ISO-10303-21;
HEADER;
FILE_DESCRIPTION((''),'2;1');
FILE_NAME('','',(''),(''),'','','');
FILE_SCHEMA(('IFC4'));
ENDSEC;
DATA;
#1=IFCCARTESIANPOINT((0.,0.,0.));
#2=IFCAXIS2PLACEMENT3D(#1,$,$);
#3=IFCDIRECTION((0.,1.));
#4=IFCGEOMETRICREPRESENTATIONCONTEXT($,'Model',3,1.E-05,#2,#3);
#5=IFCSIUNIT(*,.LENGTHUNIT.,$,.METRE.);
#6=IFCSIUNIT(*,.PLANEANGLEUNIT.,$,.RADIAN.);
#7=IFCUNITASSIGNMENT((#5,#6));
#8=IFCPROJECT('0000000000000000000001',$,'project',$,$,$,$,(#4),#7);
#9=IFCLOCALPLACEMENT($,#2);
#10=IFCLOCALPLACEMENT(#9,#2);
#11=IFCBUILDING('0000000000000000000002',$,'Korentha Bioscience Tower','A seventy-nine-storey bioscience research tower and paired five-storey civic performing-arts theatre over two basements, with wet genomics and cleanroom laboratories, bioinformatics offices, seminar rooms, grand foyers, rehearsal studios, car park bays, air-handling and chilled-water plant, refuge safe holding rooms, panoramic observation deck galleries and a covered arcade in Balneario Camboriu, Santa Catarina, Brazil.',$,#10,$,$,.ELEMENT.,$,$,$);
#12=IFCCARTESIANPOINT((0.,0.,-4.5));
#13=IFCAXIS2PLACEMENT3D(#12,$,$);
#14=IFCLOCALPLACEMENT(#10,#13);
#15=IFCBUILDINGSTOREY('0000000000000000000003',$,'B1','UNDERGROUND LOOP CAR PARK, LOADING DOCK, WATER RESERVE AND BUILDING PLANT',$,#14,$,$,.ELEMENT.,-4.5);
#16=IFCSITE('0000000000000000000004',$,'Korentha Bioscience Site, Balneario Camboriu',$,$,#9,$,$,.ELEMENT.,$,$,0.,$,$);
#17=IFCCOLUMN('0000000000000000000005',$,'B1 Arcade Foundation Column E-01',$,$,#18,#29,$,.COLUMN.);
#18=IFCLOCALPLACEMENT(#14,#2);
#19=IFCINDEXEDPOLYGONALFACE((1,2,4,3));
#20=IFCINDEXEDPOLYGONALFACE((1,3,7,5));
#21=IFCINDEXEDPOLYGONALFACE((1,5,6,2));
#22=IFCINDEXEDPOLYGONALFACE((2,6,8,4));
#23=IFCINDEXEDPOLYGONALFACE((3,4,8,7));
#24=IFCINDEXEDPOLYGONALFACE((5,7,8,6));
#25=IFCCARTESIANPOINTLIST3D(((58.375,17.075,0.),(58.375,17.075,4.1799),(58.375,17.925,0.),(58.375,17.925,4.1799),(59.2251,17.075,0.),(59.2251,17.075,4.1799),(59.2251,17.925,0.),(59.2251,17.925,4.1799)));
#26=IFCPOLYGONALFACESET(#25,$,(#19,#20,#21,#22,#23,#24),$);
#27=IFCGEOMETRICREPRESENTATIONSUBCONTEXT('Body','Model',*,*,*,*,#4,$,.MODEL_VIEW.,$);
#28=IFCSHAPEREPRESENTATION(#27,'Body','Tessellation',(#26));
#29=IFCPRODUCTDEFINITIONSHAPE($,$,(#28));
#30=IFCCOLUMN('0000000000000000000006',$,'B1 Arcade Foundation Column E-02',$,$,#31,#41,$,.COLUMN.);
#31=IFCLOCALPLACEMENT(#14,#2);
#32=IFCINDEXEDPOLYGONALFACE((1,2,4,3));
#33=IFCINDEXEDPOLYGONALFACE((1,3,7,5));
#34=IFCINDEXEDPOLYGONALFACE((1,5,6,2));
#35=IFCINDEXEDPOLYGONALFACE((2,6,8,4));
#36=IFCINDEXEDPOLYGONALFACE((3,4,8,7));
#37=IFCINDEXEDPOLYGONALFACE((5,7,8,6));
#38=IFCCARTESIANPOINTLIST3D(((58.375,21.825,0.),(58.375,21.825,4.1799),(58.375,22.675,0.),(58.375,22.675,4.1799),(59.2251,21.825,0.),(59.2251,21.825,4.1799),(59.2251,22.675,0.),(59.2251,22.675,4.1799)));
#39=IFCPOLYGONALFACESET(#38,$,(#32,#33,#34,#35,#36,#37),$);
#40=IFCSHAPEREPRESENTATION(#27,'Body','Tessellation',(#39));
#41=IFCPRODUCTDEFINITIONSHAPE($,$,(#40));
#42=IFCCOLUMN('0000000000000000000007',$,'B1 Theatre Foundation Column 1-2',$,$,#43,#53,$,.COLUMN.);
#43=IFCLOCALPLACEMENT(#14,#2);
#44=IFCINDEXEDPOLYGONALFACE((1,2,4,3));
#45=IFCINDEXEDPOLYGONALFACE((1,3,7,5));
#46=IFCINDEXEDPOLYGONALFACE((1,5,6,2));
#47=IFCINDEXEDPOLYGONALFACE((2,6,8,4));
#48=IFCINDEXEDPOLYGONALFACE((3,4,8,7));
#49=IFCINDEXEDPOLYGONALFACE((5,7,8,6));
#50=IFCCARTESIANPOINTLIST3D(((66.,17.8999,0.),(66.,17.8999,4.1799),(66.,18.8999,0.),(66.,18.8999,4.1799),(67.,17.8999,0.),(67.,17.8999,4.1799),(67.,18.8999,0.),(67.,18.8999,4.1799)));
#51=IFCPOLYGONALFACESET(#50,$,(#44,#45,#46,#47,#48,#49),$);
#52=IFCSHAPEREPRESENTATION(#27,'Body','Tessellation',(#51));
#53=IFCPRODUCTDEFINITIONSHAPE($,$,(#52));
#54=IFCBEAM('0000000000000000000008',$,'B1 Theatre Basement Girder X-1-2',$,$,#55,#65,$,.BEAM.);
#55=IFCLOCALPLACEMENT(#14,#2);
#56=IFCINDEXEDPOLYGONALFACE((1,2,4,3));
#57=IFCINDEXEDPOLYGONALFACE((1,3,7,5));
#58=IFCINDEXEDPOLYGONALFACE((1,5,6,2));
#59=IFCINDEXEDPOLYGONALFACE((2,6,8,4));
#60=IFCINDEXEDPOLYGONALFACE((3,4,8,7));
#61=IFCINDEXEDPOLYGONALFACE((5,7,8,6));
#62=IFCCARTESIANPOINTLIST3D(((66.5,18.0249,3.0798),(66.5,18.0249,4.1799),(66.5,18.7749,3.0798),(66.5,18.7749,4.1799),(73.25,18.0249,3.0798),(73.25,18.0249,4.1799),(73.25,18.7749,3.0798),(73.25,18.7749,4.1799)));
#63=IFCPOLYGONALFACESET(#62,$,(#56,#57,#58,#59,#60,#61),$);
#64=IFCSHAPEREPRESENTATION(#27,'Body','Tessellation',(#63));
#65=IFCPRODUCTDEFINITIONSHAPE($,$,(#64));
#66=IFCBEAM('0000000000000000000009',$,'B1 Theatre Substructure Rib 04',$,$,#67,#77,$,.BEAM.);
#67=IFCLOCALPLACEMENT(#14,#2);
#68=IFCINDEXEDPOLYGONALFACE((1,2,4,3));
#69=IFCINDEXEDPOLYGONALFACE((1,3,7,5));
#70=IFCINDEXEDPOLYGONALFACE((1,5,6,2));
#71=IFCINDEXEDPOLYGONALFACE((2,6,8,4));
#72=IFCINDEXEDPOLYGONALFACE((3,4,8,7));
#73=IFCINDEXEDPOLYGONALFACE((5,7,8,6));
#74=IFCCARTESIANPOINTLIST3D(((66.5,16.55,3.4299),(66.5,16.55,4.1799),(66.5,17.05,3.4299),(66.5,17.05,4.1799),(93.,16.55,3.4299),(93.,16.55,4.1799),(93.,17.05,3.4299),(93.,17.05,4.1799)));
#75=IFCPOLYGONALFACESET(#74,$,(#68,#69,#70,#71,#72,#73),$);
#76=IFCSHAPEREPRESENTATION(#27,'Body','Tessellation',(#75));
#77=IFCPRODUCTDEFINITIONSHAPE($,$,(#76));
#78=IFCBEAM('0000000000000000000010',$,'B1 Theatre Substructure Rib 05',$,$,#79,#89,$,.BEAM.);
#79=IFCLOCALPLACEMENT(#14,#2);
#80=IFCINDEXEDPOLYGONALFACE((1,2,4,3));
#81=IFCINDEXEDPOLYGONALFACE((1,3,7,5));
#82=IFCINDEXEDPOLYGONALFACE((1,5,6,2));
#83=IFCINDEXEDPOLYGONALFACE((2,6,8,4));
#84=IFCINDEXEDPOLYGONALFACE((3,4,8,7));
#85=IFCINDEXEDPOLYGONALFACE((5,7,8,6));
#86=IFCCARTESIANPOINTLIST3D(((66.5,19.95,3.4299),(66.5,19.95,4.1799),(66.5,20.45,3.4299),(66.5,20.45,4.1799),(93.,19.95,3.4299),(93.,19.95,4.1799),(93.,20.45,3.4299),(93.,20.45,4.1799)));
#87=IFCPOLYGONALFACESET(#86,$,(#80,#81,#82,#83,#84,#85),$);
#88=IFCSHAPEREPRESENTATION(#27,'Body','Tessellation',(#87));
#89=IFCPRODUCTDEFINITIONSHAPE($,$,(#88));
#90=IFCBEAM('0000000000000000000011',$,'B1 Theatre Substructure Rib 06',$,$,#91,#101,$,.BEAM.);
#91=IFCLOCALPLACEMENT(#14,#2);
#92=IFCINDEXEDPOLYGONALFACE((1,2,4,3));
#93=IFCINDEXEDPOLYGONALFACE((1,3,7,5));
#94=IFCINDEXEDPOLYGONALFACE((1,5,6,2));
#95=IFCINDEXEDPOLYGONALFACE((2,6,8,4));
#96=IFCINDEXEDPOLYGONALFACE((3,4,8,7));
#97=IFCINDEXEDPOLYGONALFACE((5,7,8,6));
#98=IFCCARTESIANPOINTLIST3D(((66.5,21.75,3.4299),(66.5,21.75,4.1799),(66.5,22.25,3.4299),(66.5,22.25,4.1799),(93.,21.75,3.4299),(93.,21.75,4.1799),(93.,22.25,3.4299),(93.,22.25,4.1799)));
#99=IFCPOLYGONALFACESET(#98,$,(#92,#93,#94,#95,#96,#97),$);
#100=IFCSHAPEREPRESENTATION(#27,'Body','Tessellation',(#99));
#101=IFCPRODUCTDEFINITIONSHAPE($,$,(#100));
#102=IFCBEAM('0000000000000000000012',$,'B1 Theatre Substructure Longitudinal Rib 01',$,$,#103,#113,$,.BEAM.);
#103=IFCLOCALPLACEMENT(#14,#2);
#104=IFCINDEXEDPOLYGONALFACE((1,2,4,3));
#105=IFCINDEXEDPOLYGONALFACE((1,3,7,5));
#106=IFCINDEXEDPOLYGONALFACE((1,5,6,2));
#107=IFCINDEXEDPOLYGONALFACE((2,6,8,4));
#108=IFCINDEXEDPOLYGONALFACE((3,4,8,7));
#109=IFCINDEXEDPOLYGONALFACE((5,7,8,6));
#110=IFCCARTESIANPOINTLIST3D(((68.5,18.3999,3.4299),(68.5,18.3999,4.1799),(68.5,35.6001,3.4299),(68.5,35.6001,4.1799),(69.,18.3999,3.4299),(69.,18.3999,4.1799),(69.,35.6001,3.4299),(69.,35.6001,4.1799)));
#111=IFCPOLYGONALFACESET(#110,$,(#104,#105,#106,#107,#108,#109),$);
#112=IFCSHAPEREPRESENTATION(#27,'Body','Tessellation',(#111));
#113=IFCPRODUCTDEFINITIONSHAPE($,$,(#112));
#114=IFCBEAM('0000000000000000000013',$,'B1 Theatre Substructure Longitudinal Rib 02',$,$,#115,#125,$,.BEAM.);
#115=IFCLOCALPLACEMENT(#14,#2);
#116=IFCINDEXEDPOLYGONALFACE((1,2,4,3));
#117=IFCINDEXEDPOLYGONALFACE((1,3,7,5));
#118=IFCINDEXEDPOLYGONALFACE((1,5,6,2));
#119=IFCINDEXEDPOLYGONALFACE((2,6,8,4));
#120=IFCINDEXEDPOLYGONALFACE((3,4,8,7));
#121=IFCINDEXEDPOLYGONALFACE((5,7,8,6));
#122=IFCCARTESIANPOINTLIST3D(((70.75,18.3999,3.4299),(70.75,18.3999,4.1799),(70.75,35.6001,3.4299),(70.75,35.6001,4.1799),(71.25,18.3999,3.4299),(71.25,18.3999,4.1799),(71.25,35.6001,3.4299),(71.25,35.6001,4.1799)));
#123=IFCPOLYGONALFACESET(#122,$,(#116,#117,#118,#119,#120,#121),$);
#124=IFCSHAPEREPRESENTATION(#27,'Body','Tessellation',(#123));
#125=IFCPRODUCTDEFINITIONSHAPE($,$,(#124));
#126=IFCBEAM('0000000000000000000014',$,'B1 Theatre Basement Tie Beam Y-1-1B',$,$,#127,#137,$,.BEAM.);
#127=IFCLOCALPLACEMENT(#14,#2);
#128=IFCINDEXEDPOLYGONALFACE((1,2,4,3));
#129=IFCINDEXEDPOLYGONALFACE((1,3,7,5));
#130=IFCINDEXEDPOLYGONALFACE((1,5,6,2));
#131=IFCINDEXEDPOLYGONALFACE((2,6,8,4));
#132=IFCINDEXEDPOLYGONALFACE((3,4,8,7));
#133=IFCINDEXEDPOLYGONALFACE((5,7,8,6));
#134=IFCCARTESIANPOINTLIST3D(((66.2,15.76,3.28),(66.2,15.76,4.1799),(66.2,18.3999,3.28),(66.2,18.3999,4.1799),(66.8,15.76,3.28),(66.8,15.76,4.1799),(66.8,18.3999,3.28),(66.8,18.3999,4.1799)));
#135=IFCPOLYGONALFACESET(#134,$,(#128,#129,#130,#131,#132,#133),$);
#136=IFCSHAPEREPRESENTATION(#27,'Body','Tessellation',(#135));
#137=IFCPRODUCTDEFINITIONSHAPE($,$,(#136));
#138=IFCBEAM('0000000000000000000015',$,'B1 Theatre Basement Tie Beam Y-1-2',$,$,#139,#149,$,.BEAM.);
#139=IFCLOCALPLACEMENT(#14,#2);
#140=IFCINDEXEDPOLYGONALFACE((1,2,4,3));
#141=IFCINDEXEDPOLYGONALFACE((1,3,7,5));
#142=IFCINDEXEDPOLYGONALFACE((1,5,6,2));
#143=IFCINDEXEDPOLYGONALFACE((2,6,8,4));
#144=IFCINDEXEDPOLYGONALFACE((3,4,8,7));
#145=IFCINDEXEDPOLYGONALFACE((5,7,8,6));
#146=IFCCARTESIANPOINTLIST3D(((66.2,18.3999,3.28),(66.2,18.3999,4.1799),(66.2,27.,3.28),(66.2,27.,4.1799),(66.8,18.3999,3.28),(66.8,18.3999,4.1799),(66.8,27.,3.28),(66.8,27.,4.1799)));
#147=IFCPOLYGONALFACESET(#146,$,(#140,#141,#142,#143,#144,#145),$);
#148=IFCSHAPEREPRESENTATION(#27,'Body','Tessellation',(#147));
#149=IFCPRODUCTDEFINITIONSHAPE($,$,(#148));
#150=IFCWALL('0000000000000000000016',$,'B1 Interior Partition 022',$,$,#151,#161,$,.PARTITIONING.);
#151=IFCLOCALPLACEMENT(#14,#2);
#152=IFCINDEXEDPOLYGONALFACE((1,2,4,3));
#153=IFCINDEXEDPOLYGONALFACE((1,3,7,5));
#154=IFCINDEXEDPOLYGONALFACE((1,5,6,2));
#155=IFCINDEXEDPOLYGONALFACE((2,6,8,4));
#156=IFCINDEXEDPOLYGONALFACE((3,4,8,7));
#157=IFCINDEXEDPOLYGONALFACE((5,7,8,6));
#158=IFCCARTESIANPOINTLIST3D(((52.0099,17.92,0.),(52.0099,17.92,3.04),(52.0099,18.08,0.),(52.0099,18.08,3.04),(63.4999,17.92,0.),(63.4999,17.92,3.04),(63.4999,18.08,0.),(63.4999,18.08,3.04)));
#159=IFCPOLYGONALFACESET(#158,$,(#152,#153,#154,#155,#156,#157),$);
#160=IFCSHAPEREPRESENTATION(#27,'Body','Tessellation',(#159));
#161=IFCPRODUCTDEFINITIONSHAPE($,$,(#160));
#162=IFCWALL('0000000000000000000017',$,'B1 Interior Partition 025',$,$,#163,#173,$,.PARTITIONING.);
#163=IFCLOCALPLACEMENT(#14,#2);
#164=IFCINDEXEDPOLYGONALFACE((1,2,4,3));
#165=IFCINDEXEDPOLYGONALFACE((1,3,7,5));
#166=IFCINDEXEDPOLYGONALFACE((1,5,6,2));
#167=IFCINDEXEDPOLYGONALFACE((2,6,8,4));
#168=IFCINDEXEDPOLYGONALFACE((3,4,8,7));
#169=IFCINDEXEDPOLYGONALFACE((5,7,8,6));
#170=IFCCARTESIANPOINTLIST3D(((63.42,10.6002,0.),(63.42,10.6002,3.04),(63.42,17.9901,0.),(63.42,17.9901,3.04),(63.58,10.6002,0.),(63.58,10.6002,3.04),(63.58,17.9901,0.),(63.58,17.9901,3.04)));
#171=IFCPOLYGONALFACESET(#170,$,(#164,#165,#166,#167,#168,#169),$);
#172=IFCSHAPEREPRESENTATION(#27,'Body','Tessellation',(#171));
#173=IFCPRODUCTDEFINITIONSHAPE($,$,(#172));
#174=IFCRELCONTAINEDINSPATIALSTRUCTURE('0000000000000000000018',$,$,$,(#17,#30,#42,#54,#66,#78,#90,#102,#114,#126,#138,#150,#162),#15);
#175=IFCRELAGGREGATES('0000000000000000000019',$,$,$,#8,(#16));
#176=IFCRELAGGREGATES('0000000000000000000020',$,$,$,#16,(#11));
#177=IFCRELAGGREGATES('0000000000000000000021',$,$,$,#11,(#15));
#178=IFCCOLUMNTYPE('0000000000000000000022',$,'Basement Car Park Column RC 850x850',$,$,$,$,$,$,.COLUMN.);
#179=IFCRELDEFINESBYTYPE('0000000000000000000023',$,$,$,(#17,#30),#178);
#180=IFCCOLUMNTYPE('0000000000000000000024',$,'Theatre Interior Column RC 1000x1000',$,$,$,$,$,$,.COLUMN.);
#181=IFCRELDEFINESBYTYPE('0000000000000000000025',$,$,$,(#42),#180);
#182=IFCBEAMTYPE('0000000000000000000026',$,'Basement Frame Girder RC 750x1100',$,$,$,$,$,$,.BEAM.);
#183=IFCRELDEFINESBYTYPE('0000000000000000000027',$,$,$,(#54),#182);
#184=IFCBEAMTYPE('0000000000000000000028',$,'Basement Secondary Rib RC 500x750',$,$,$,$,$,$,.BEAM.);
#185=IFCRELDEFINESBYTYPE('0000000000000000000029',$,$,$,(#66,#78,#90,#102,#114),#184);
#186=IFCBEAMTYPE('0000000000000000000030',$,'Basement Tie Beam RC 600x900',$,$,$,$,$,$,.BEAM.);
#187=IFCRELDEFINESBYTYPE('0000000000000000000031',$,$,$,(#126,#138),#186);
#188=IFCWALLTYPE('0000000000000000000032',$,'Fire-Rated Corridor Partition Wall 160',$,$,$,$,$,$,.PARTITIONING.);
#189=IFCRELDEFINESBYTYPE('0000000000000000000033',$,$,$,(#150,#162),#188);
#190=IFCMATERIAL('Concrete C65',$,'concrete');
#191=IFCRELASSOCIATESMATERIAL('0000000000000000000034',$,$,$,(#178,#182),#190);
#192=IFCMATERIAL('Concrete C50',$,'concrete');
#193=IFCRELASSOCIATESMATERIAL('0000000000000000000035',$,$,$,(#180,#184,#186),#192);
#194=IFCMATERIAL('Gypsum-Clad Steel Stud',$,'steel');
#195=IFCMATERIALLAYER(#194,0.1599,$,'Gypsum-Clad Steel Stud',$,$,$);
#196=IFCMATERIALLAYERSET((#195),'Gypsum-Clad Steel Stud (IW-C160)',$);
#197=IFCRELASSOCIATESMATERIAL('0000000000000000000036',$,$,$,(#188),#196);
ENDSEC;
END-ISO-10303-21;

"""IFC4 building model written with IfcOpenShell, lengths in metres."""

from ifc_helpers import new_model, si_unit, direction, frame, frame_2d, origin, origin_2d, place, context, subcontext, project, spatial, rectangle, extrude, material, layer, layer_set, material_profile, profile_set, type_object, element, save


model = new_model("IFC4")

# Units and contexts
model_context = context("Model", 3, precision=1e-05, world=origin(), true_north=direction((0.0, 1.0)))
body_context = subcontext(model_context, "Body", "Model", "MODEL_VIEW")
ifc_project = project(units=[si_unit("LENGTHUNIT", "METRE"), si_unit("PLANEANGLEUNIT", "RADIAN")], contexts=[model_context])

# Site, building, storey
site_placement = place(None, origin())
site = spatial("IfcSite", under=ifc_project, at=site_placement, Name="Korentha Bioscience Site, Balneario Camboriu", CompositionType="ELEMENT", RefElevation=0.0)
building_placement = place(site_placement, origin())
building = spatial("IfcBuilding", under=site, at=building_placement, Name="Korentha Bioscience Tower", Description="A seventy-nine-storey bioscience research tower and paired five-storey civic performing-arts theatre over two basements, with wet genomics and cleanroom laboratories, bioinformatics offices, seminar rooms, grand foyers, rehearsal studios, car park bays, air-handling and chilled-water plant, refuge safe holding rooms, panoramic observation deck galleries and a covered arcade in Balneario Camboriu, Santa Catarina, Brazil.", CompositionType="ELEMENT")
storey_placement = place(building_placement, frame((0.0, 0.0, -4.5)))
storey = spatial("IfcBuildingStorey", under=building, at=storey_placement, Name="B1", Description="UNDERGROUND LOOP CAR PARK, LOADING DOCK, WATER RESERVE AND BUILDING PLANT", CompositionType="ELEMENT", Elevation=-4.5)

# Columns
ifc_material_1 = material(Name="Concrete C65", Category="concrete")
ifc_material_profile_1 = material_profile(ifc_material_1, rectangle(XDim=0.8501, YDim=0.8501, at=origin_2d()), Name="Concrete C65")
ifc_profile_set_1 = profile_set([ifc_material_profile_1], Name="Concrete C65 (BC-01)")
column_type_1 = type_object("IfcColumnType", Name="Basement Car Park Column RC 850x850", PredefinedType="COLUMN", material=ifc_profile_set_1)
for number, where, z_axis, x_axis, name in (
    (1, (58.8, 17.5, 0.0), (0.0, 0.0, 1.0), (1.0, 0.0, 0.0), "B1 Arcade Foundation Column E-01"),
    (2, (58.8, 22.25, 0.0), (0.0, 0.0, 1.0), (1.0, 0.0, 0.0), "B1 Arcade Foundation Column E-02"),
):
    element("IfcColumn", number, at=place(storey_placement, frame(where, z_axis=z_axis, x_axis=x_axis)), inside=storey, type_object=column_type_1, Name=name, PredefinedType="COLUMN", context=body_context, shape_type="SweptSolid", body=[
        extrude(rectangle(XDim=0.8501, YDim=0.8501, at=origin_2d()), origin(), (0.0, 0.0, 1.0), 4.1799),
    ])
ifc_material_2 = material(Name="Concrete C50", Category="concrete")
ifc_material_profile_2 = material_profile(ifc_material_2, rectangle(XDim=1.0, YDim=1.0, at=origin_2d()), Name="Concrete C50")
ifc_profile_set_2 = profile_set([ifc_material_profile_2], Name="Concrete C50 (TC-I01)")
column_type_2 = type_object("IfcColumnType", Name="Theatre Interior Column RC 1000x1000", PredefinedType="COLUMN", material=ifc_profile_set_2)
column_placement = place(storey_placement, frame((66.5, 18.3999, 0.0), z_axis=(0.0, 0.0, 1.0), x_axis=(1.0, 0.0, 0.0)))
element("IfcColumn", 3, at=column_placement, inside=storey, type_object=column_type_2, Name="B1 Theatre Foundation Column 1-2", PredefinedType="COLUMN", context=body_context, shape_type="SweptSolid", body=[
    extrude(rectangle(XDim=1.0, YDim=1.0, at=origin_2d()), origin(), (0.0, 0.0, 1.0), 4.1799),
])

# Beams
ifc_material_profile_3 = material_profile(ifc_material_1, rectangle(XDim=0.75, YDim=1.1001, at=origin_2d()), Name="Concrete C65")
ifc_profile_set_3 = profile_set([ifc_material_profile_3], Name="Concrete C65 (BB-750)")
beam_type_1 = type_object("IfcBeamType", Name="Basement Frame Girder RC 750x1100", PredefinedType="BEAM", material=ifc_profile_set_3)
beam_1_placement = place(storey_placement, frame((66.5, 18.3999, 3.6299), z_axis=(1.0, 0.0, 0.0), x_axis=(0.0, 1.0, 0.0)))
element("IfcBeam", 4, at=beam_1_placement, inside=storey, type_object=beam_type_1, Name="B1 Theatre Basement Girder X-1-2", PredefinedType="BEAM", context=body_context, shape_type="SweptSolid", body=[
    extrude(rectangle(XDim=0.75, YDim=1.1001, at=origin_2d()), origin(), (0.0, 0.0, 1.0), 6.75),
])
ifc_material_profile_4 = material_profile(ifc_material_2, rectangle(XDim=0.5, YDim=0.75, at=origin_2d()), Name="Concrete C50")
ifc_profile_set_4 = profile_set([ifc_material_profile_4], Name="Concrete C50 (BB-500)")
beam_type_2 = type_object("IfcBeamType", Name="Basement Secondary Rib RC 500x750", PredefinedType="BEAM", material=ifc_profile_set_4)
for number, where, z_axis, x_axis, name in (
    (5, (66.5, 16.8, 3.8049), (1.0, 0.0, 0.0), (0.0, 1.0, 0.0), "B1 Theatre Substructure Rib 04"),
    (6, (66.5, 20.2, 3.8049), (1.0, 0.0, 0.0), (0.0, 1.0, 0.0), "B1 Theatre Substructure Rib 05"),
    (7, (66.5, 22.0, 3.8049), (1.0, 0.0, 0.0), (0.0, 1.0, 0.0), "B1 Theatre Substructure Rib 06"),
):
    element("IfcBeam", number, at=place(storey_placement, frame(where, z_axis=z_axis, x_axis=x_axis)), inside=storey, type_object=beam_type_2, Name=name, PredefinedType="BEAM", context=body_context, shape_type="SweptSolid", body=[
        extrude(rectangle(XDim=0.5, YDim=0.75, at=origin_2d()), origin(), (0.0, 0.0, 1.0), 26.5),
    ])
for number, where, z_axis, x_axis, name in (
    (8, (68.75, 18.3999, 3.8049), (0.0, 1.0, 0.0), (-1.0, 0.0, 0.0), "B1 Theatre Substructure Longitudinal Rib 01"),
    (9, (71.0, 18.3999, 3.8049), (0.0, 1.0, 0.0), (-1.0, 0.0, 0.0), "B1 Theatre Substructure Longitudinal Rib 02"),
):
    element("IfcBeam", number, at=place(storey_placement, frame(where, z_axis=z_axis, x_axis=x_axis)), inside=storey, type_object=beam_type_2, Name=name, PredefinedType="BEAM", context=body_context, shape_type="SweptSolid", body=[
        extrude(rectangle(XDim=0.5, YDim=0.75, at=origin_2d()), origin(), (0.0, 0.0, 1.0), 17.2002),
    ])
ifc_material_profile_5 = material_profile(ifc_material_2, rectangle(XDim=0.6001, YDim=0.8999, at=origin_2d()), Name="Concrete C50")
ifc_profile_set_5 = profile_set([ifc_material_profile_5], Name="Concrete C50 (BB-600)")
beam_type_3 = type_object("IfcBeamType", Name="Basement Tie Beam RC 600x900", PredefinedType="BEAM", material=ifc_profile_set_5)
beam_2_placement = place(storey_placement, frame((66.5, 15.76, 3.73), z_axis=(0.0, 1.0, 0.0), x_axis=(-1.0, 0.0, 0.0)))
element("IfcBeam", 10, at=beam_2_placement, inside=storey, type_object=beam_type_3, Name="B1 Theatre Basement Tie Beam Y-1-1B", PredefinedType="BEAM", context=body_context, shape_type="SweptSolid", body=[
    extrude(rectangle(XDim=0.6001, YDim=0.8999, at=origin_2d()), origin(), (0.0, 0.0, 1.0), 2.6399),
])
beam_3_placement = place(storey_placement, frame((66.5, 18.3999, 3.73), z_axis=(0.0, 1.0, 0.0), x_axis=(-1.0, 0.0, 0.0)))
element("IfcBeam", 11, at=beam_3_placement, inside=storey, type_object=beam_type_3, Name="B1 Theatre Basement Tie Beam Y-1-2", PredefinedType="BEAM", context=body_context, shape_type="SweptSolid", body=[
    extrude(rectangle(XDim=0.6001, YDim=0.8999, at=origin_2d()), origin(), (0.0, 0.0, 1.0), 8.6001),
])

# Walls
ifc_material_3 = material(Name="Gypsum-Clad Steel Stud", Category="steel")
ifc_layer_1 = layer(ifc_material_3, 0.1599, Name="Gypsum-Clad Steel Stud")
ifc_layer_set_1 = layer_set([ifc_layer_1], Name="Gypsum-Clad Steel Stud (IW-C160)")
wall_type_1 = type_object("IfcWallType", Name="Fire-Rated Corridor Partition Wall 160", PredefinedType="PARTITIONING", material=ifc_layer_set_1)
wall_1_placement = place(storey_placement, frame((63.5, 18.0, 0.0), z_axis=(0.0, 0.0, 1.0), x_axis=(-1.0, 0.0, 0.0)))
element("IfcWall", 12, at=wall_1_placement, inside=storey, type_object=wall_type_1, Name="B1 Interior Partition 022", PredefinedType="PARTITIONING", context=body_context, shape_type="SweptSolid", body=[
    extrude(rectangle(XDim=11.49, YDim=0.1599, at=frame_2d((5.7451, 0.0))), origin(), (0.0, 0.0, 1.0), 3.04),
])
wall_2_placement = place(storey_placement, frame((63.5, 17.99, 0.0), z_axis=(0.0, 0.0, 1.0), x_axis=(0.0, -1.0, 0.0)))
element("IfcWall", 13, at=wall_2_placement, inside=storey, type_object=wall_type_1, Name="B1 Interior Partition 025", PredefinedType="PARTITIONING", context=body_context, shape_type="SweptSolid", body=[
    extrude(rectangle(XDim=7.3899, YDim=0.1599, at=frame_2d((3.6948, 0.0))), origin(), (0.0, 0.0, 1.0), 3.04),
])

save(model, "model.ifc")
